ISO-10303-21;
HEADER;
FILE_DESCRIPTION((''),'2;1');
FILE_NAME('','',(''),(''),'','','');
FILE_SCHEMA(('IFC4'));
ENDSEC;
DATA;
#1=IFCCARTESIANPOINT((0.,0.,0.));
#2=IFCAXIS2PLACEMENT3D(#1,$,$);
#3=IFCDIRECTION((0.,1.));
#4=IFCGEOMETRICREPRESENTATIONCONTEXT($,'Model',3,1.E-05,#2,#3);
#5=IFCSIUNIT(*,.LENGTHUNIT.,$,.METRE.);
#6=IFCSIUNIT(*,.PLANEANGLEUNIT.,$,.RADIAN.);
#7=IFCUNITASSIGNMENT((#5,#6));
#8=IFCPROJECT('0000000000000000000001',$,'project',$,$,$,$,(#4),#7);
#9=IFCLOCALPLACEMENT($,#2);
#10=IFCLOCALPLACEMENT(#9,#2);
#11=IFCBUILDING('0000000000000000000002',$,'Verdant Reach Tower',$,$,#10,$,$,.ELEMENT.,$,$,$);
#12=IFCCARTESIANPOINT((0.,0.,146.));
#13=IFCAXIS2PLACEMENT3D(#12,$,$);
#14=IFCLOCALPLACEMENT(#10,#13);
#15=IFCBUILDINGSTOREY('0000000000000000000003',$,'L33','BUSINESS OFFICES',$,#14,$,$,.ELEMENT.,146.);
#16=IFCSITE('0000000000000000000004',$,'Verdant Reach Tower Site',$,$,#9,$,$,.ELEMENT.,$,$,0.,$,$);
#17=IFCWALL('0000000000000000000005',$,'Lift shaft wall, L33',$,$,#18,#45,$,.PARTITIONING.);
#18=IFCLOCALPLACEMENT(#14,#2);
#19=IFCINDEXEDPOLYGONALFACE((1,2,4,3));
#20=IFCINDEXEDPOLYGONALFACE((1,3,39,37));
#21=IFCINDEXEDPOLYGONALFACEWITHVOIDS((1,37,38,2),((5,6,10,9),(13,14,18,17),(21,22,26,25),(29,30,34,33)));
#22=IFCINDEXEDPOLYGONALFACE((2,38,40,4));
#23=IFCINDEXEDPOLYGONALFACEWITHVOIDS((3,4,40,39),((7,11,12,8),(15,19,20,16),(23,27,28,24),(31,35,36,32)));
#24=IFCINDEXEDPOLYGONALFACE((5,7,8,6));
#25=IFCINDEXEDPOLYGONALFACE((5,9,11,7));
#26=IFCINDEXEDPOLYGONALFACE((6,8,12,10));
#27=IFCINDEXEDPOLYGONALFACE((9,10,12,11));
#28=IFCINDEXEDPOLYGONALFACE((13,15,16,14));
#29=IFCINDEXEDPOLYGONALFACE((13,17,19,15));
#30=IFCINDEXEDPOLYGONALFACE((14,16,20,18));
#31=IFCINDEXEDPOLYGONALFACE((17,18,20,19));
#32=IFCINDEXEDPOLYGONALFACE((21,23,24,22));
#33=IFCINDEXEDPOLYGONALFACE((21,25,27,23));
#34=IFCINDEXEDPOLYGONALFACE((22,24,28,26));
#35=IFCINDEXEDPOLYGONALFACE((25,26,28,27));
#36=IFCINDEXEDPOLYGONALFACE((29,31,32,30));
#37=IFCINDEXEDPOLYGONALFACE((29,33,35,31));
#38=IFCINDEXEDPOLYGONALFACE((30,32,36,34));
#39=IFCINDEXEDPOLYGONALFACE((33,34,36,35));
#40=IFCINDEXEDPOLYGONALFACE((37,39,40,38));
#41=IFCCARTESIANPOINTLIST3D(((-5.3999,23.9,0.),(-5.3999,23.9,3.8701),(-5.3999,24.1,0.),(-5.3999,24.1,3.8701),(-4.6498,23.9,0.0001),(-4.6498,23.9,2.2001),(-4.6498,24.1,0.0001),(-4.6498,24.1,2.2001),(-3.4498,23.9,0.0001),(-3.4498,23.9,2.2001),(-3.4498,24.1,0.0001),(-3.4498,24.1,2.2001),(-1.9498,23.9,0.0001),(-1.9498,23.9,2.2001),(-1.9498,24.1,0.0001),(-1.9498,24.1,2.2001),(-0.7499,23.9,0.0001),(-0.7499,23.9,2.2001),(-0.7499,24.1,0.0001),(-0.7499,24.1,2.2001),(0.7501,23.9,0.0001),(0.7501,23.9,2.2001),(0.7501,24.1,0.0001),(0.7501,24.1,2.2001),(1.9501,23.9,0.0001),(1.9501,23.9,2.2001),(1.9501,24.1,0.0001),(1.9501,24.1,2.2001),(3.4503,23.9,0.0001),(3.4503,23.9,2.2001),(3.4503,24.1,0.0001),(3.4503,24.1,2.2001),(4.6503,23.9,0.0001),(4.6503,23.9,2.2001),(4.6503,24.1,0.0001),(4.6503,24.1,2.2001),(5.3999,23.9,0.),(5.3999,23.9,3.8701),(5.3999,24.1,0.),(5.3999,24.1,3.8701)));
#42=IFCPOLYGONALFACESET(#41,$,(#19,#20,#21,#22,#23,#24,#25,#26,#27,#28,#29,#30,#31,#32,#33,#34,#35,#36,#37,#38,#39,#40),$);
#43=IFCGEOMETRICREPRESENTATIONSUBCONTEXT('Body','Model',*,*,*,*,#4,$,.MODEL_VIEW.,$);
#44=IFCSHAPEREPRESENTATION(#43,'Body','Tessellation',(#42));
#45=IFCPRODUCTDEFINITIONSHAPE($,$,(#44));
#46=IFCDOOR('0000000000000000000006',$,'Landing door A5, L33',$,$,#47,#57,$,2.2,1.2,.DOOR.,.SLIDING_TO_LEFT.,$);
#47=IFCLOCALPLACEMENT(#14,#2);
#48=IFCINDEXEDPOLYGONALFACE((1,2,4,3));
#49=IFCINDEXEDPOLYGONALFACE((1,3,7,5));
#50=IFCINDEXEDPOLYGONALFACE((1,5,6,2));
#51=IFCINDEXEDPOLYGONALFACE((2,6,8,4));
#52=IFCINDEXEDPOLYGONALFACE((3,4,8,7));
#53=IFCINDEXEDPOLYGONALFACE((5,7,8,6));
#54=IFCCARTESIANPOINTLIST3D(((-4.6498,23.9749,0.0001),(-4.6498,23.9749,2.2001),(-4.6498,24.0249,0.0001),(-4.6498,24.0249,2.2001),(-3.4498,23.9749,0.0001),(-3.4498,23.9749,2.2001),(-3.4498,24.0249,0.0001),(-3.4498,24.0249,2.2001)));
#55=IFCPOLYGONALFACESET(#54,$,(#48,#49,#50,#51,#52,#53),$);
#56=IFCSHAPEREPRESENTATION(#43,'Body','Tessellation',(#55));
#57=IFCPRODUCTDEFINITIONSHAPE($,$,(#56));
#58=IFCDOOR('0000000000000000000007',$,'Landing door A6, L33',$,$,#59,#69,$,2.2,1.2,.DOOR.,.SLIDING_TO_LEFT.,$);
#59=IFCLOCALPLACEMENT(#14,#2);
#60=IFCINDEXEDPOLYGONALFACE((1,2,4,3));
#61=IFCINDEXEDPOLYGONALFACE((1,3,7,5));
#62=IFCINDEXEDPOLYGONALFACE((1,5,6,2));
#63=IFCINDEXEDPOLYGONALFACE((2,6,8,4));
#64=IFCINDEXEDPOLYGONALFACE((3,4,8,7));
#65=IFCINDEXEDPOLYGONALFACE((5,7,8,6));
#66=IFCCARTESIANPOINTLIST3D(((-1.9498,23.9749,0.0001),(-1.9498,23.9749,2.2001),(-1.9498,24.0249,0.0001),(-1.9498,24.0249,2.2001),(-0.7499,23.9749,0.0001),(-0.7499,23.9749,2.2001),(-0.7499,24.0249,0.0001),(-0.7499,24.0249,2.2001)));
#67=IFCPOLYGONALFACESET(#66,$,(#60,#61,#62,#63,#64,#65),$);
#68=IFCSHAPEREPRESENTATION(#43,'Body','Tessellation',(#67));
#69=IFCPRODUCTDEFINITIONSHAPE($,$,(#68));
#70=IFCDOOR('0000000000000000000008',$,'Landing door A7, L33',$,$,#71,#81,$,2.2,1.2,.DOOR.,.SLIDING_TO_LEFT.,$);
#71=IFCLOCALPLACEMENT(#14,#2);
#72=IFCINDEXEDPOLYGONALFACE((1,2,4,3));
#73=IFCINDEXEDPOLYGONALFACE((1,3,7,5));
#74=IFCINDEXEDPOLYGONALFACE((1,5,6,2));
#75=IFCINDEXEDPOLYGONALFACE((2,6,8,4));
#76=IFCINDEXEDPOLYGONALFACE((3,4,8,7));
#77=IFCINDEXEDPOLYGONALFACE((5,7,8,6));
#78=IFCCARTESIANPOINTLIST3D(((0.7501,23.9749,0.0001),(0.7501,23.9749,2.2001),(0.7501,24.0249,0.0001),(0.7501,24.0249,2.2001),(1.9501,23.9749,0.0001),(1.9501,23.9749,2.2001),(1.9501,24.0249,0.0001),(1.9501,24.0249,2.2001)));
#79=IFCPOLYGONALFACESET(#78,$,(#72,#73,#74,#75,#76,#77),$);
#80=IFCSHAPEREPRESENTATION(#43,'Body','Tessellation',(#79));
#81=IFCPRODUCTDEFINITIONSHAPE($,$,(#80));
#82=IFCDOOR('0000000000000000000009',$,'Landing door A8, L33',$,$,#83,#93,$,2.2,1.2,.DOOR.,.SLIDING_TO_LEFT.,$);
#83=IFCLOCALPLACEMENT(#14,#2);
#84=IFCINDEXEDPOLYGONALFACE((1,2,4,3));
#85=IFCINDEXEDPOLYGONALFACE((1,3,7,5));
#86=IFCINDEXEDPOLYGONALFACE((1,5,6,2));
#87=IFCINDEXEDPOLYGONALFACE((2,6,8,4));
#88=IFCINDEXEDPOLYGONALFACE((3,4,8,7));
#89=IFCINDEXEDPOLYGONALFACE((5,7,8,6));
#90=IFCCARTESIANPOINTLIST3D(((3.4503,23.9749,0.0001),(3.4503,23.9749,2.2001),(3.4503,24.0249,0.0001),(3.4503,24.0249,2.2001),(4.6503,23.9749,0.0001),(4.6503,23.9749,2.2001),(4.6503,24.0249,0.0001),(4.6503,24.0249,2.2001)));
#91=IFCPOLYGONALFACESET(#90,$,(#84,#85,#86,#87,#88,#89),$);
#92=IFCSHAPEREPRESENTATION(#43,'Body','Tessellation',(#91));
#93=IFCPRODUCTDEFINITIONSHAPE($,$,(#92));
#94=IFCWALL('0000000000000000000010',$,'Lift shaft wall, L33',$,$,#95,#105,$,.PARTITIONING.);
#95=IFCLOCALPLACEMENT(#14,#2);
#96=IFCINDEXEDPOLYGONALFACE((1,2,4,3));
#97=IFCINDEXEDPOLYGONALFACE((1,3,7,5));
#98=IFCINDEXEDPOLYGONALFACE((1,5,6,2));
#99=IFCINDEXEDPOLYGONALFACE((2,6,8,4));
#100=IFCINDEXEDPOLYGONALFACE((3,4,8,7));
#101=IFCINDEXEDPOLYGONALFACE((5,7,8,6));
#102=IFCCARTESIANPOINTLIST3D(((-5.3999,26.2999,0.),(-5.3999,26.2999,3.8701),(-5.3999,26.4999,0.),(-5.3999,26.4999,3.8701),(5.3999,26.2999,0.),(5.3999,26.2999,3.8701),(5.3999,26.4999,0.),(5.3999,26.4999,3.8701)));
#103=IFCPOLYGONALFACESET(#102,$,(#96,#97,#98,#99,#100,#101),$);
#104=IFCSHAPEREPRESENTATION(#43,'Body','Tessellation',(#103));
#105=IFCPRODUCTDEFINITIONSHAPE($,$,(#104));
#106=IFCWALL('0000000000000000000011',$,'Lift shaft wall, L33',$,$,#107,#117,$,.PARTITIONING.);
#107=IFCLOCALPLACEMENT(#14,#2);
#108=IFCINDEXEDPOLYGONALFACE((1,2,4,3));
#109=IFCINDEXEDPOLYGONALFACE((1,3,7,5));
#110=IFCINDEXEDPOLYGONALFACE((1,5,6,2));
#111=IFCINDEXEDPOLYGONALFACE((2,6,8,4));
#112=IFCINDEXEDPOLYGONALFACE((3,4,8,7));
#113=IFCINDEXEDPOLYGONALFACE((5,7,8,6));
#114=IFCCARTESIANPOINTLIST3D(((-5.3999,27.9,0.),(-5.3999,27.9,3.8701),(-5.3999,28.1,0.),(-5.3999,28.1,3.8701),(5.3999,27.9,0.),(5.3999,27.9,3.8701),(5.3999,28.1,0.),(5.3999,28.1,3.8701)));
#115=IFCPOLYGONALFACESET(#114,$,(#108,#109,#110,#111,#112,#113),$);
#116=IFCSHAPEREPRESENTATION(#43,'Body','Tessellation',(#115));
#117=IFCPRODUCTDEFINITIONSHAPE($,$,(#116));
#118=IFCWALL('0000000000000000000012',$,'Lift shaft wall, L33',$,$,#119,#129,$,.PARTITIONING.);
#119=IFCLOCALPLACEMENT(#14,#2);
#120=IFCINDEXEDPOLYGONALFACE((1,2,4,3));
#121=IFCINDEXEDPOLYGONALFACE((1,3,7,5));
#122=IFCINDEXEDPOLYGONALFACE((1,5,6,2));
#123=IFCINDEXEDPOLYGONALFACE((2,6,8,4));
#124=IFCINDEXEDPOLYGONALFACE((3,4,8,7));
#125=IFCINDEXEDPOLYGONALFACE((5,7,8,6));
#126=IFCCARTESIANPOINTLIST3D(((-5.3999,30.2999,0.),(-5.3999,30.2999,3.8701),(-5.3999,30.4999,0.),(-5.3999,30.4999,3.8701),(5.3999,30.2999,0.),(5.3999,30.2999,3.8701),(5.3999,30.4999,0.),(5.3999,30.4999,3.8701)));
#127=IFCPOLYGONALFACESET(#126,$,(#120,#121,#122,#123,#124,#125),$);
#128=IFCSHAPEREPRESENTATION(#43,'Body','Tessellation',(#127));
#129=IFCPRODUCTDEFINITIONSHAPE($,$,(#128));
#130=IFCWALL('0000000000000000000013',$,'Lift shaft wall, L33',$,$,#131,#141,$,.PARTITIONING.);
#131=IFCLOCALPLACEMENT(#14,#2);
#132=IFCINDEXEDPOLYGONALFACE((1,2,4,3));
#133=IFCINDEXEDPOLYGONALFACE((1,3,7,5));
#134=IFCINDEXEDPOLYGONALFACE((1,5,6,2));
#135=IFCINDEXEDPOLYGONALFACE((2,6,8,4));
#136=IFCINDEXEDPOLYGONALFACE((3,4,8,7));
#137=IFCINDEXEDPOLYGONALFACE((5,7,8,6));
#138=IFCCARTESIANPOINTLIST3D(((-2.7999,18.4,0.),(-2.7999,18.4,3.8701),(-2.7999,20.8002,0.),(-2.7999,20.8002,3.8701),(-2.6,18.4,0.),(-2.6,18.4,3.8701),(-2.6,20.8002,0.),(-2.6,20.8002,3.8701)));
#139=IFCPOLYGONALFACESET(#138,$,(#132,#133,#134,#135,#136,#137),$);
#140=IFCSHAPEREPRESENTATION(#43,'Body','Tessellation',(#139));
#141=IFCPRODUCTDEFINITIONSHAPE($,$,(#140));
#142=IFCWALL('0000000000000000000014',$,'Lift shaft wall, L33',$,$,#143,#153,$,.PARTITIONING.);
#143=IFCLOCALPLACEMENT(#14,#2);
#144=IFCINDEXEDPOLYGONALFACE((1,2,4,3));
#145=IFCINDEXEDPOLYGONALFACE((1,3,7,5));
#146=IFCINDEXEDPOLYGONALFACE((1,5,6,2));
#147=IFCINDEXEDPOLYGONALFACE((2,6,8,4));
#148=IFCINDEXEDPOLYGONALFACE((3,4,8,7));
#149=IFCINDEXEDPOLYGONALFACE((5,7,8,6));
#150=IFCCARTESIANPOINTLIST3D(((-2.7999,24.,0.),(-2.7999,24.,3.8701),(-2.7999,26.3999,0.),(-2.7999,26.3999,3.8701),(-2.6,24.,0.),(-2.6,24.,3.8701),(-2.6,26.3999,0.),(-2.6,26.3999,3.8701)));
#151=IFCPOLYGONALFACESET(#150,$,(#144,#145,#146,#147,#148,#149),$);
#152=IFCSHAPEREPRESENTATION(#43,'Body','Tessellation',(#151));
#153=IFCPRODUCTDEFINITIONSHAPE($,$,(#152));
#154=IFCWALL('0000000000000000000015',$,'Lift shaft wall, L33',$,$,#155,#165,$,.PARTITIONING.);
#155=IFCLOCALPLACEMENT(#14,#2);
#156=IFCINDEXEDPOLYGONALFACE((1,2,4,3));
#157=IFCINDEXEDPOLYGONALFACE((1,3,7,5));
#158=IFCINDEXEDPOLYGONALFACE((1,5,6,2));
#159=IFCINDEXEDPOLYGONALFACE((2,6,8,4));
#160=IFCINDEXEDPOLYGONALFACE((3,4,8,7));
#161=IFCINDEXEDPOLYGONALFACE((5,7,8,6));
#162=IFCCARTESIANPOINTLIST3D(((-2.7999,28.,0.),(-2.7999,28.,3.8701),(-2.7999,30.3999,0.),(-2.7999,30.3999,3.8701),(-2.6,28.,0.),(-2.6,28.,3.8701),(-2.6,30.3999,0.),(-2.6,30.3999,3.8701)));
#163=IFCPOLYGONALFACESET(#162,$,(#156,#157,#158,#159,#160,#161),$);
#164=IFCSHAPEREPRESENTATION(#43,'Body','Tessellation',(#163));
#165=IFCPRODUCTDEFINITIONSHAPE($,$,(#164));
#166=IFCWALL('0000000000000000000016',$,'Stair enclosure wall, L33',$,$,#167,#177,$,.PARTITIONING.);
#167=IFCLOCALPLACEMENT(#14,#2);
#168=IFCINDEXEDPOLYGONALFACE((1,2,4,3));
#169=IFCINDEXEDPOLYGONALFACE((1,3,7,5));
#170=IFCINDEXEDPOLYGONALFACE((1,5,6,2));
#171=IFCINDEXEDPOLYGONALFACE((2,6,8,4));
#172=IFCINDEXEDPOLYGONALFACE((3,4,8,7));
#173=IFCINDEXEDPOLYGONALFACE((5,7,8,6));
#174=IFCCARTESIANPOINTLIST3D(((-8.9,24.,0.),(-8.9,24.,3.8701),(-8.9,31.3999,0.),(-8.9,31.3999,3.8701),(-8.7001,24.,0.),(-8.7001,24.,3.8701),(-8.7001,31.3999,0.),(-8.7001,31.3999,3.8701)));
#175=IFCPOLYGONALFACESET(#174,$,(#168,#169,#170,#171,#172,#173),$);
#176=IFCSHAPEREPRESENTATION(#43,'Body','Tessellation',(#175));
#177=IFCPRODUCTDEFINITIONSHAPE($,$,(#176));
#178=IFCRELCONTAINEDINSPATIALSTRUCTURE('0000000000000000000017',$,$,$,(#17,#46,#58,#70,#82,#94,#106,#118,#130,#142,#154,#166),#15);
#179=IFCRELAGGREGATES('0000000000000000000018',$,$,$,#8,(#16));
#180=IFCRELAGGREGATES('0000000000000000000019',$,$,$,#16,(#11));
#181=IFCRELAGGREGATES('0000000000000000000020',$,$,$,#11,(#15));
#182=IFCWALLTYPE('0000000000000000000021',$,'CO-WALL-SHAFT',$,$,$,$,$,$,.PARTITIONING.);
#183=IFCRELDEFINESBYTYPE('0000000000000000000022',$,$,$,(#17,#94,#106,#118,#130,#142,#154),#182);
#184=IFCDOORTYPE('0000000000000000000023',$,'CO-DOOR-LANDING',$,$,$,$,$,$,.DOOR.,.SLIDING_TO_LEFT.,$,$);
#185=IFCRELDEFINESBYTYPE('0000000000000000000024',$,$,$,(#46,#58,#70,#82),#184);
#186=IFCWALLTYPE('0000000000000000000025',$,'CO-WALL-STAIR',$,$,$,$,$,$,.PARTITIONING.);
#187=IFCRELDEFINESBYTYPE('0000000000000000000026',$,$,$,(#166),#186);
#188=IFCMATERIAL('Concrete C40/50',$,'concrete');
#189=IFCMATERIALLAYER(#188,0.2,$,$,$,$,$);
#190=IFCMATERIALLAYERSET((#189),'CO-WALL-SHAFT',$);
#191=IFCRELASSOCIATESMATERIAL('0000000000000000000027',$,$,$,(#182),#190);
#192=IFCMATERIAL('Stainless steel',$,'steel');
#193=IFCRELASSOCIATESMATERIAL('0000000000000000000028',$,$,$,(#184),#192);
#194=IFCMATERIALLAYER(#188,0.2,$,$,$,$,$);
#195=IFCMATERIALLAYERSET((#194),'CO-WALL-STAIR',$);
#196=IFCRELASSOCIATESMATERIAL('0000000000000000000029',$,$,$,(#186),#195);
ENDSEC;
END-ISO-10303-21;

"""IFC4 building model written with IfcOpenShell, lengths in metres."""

from ifc_helpers import new_model, si_unit, direction, frame, frame_2d, origin, place, context, subcontext, project, spatial, rectangle, extrude, material, layer, layer_set, type_object, element, fill, save


model = new_model("IFC4")

# Units and contexts
model_context = context("Model", 3, precision=1e-05, world=origin(), true_north=direction((0.0, 1.0)))
body_context = subcontext(model_context, "Body", "Model", "MODEL_VIEW")
ifc_project = project(units=[si_unit("LENGTHUNIT", "METRE"), si_unit("PLANEANGLEUNIT", "RADIAN")], contexts=[model_context])

# Site, building, storey
site_placement = place(None, origin())
site = spatial("IfcSite", under=ifc_project, at=site_placement, Name="Verdant Reach Tower Site", CompositionType="ELEMENT", RefElevation=0.0)
building_placement = place(site_placement, origin())
building = spatial("IfcBuilding", under=site, at=building_placement, Name="Verdant Reach Tower", CompositionType="ELEMENT")
storey_placement = place(building_placement, frame((0.0, 0.0, 146.0)))
storey = spatial("IfcBuildingStorey", under=building, at=storey_placement, Name="L33", Description="BUSINESS OFFICES", CompositionType="ELEMENT", Elevation=146.0)

# Wall, openings, doors
ifc_material_1 = material(Name="Concrete C40/50", Category="concrete")
ifc_layer_1 = layer(ifc_material_1, 0.2)
ifc_layer_set_1 = layer_set([ifc_layer_1], Name="CO-WALL-SHAFT")
wall_type_1 = type_object("IfcWallType", Name="CO-WALL-SHAFT", PredefinedType="PARTITIONING", material=ifc_layer_set_1)
ifc_material_2 = material(Name="Stainless steel", Category="steel")
door_type_1 = type_object("IfcDoorType", Name="CO-DOOR-LANDING", OperationType="SLIDING_TO_LEFT", PredefinedType="DOOR", material=ifc_material_2)
wall_1_placement = place(storey_placement, frame((-5.3999, 24.0, 0.0), z_axis=(0.0, 0.0, 1.0), x_axis=(1.0, 0.0, 0.0)))
wall_1 = element("IfcWall", 1, at=wall_1_placement, inside=storey, type_object=wall_type_1, Name="Lift shaft wall, L33", PredefinedType="PARTITIONING", context=body_context, shape_type="SweptSolid", body=[
    extrude(rectangle(XDim=10.7998, YDim=0.2, at=frame_2d((5.3999, 0.0))), origin(), (0.0, 0.0, 1.0), 3.8701),
])
opening_1_placement = place(wall_1_placement, frame((0.75, 0.0, 0.0)))
opening_1 = element("IfcOpeningElement", 2, at=opening_1_placement, cuts=wall_1, PredefinedType="OPENING", context=body_context, shape_type="SweptSolid", body=[
    extrude(rectangle(XDim=1.2, YDim=2.2, at=frame_2d((0.6001, 1.1001))), frame((0.0, 0.1099, 0.0), z_axis=(0.0, -1.0, 0.0), x_axis=(1.0, 0.0, 0.0)), (0.0, 0.0, 1.0), 0.22),
])
opening_2_placement = place(wall_1_placement, frame((3.45, 0.0, 0.0)))
opening_2 = element("IfcOpeningElement", 3, at=opening_2_placement, cuts=wall_1, PredefinedType="OPENING", context=body_context, shape_type="SweptSolid", body=[
    extrude(rectangle(XDim=1.2, YDim=2.2, at=frame_2d((0.6001, 1.1001))), frame((0.0, 0.1099, 0.0), z_axis=(0.0, -1.0, 0.0), x_axis=(1.0, 0.0, 0.0)), (0.0, 0.0, 1.0), 0.22),
])
opening_3_placement = place(wall_1_placement, frame((6.1499, 0.0, 0.0)))
opening_3 = element("IfcOpeningElement", 4, at=opening_3_placement, cuts=wall_1, PredefinedType="OPENING", context=body_context, shape_type="SweptSolid", body=[
    extrude(rectangle(XDim=1.2, YDim=2.2, at=frame_2d((0.6001, 1.1001))), frame((0.0, 0.1099, 0.0), z_axis=(0.0, -1.0, 0.0), x_axis=(1.0, 0.0, 0.0)), (0.0, 0.0, 1.0), 0.22),
])
opening_4_placement = place(wall_1_placement, frame((8.8501, 0.0, 0.0)))
opening_4 = element("IfcOpeningElement", 5, at=opening_4_placement, cuts=wall_1, PredefinedType="OPENING", context=body_context, shape_type="SweptSolid", body=[
    extrude(rectangle(XDim=1.2, YDim=2.2, at=frame_2d((0.6001, 1.1001))), frame((0.0, 0.1099, 0.0), z_axis=(0.0, -1.0, 0.0), x_axis=(1.0, 0.0, 0.0)), (0.0, 0.0, 1.0), 0.22),
])
door_1_placement = place(opening_1_placement, origin())
door_1 = element("IfcDoor", 6, at=door_1_placement, inside=storey, type_object=door_type_1, Name="Landing door A5, L33", OperationType="SLIDING_TO_LEFT", OverallHeight=2.2, OverallWidth=1.2, PredefinedType="DOOR", context=body_context, shape_type="SweptSolid", body=[
    extrude(rectangle(XDim=1.2, YDim=2.2, at=frame_2d((0.6001, 1.1001))), frame((0.0, 0.0249, 0.0), z_axis=(0.0, -1.0, 0.0), x_axis=(1.0, 0.0, 0.0)), (0.0, 0.0, 1.0), 0.05),
])
fill(opening_1, door_1)
door_2_placement = place(opening_2_placement, origin())
door_2 = element("IfcDoor", 7, at=door_2_placement, inside=storey, type_object=door_type_1, Name="Landing door A6, L33", OperationType="SLIDING_TO_LEFT", OverallHeight=2.2, OverallWidth=1.2, PredefinedType="DOOR", context=body_context, shape_type="SweptSolid", body=[
    extrude(rectangle(XDim=1.2, YDim=2.2, at=frame_2d((0.6001, 1.1001))), frame((0.0, 0.0249, 0.0), z_axis=(0.0, -1.0, 0.0), x_axis=(1.0, 0.0, 0.0)), (0.0, 0.0, 1.0), 0.05),
])
fill(opening_2, door_2)
door_3_placement = place(opening_3_placement, origin())
door_3 = element("IfcDoor", 8, at=door_3_placement, inside=storey, type_object=door_type_1, Name="Landing door A7, L33", OperationType="SLIDING_TO_LEFT", OverallHeight=2.2, OverallWidth=1.2, PredefinedType="DOOR", context=body_context, shape_type="SweptSolid", body=[
    extrude(rectangle(XDim=1.2, YDim=2.2, at=frame_2d((0.6001, 1.1001))), frame((0.0, 0.0249, 0.0), z_axis=(0.0, -1.0, 0.0), x_axis=(1.0, 0.0, 0.0)), (0.0, 0.0, 1.0), 0.05),
])
fill(opening_3, door_3)
door_4_placement = place(opening_4_placement, origin())
door_4 = element("IfcDoor", 9, at=door_4_placement, inside=storey, type_object=door_type_1, Name="Landing door A8, L33", OperationType="SLIDING_TO_LEFT", OverallHeight=2.2, OverallWidth=1.2, PredefinedType="DOOR", context=body_context, shape_type="SweptSolid", body=[
    extrude(rectangle(XDim=1.2, YDim=2.2, at=frame_2d((0.6001, 1.1001))), frame((0.0, 0.0249, 0.0), z_axis=(0.0, -1.0, 0.0), x_axis=(1.0, 0.0, 0.0)), (0.0, 0.0, 1.0), 0.05),
])
fill(opening_4, door_4)

# Walls
for number, where, z_axis, x_axis, name in (
    (10, (-5.3999, 26.3999, 0.0), (0.0, 0.0, 1.0), (1.0, 0.0, 0.0), "Lift shaft wall, L33"),
    (11, (-5.3999, 28.0, 0.0), (0.0, 0.0, 1.0), (1.0, 0.0, 0.0), "Lift shaft wall, L33"),
    (12, (-5.3999, 30.3999, 0.0), (0.0, 0.0, 1.0), (1.0, 0.0, 0.0), "Lift shaft wall, L33"),
):
    element("IfcWall", number, at=place(storey_placement, frame(where, z_axis=z_axis, x_axis=x_axis)), inside=storey, type_object=wall_type_1, Name=name, PredefinedType="PARTITIONING", context=body_context, shape_type="SweptSolid", body=[
        extrude(rectangle(XDim=10.7998, YDim=0.2, at=frame_2d((5.3999, 0.0))), origin(), (0.0, 0.0, 1.0), 3.8701),
    ])
wall_2_placement = place(storey_placement, frame((-2.7, 18.3999, 0.0), z_axis=(0.0, 0.0, 1.0), x_axis=(0.0, 1.0, 0.0)))
element("IfcWall", 13, at=wall_2_placement, inside=storey, type_object=wall_type_1, Name="Lift shaft wall, L33", PredefinedType="PARTITIONING", context=body_context, shape_type="SweptSolid", body=[
    extrude(rectangle(XDim=2.4001, YDim=0.2, at=frame_2d((1.2002, 0.0))), origin(), (0.0, 0.0, 1.0), 3.8701),
])
for number, where, z_axis, x_axis, name in (
    (14, (-2.7, 24.0, 0.0), (0.0, 0.0, 1.0), (0.0, 1.0, 0.0), "Lift shaft wall, L33"),
    (15, (-2.7, 28.0, 0.0), (0.0, 0.0, 1.0), (0.0, 1.0, 0.0), "Lift shaft wall, L33"),
):
    element("IfcWall", number, at=place(storey_placement, frame(where, z_axis=z_axis, x_axis=x_axis)), inside=storey, type_object=wall_type_1, Name=name, PredefinedType="PARTITIONING", context=body_context, shape_type="SweptSolid", body=[
        extrude(rectangle(XDim=2.3999, YDim=0.2, at=frame_2d((1.2, 0.0))), origin(), (0.0, 0.0, 1.0), 3.8701),
    ])
ifc_layer_2 = layer(ifc_material_1, 0.2)
ifc_layer_set_2 = layer_set([ifc_layer_2], Name="CO-WALL-STAIR")
wall_type_2 = type_object("IfcWallType", Name="CO-WALL-STAIR", PredefinedType="PARTITIONING", material=ifc_layer_set_2)
wall_3_placement = place(storey_placement, frame((-8.8, 24.0, 0.0), z_axis=(0.0, 0.0, 1.0), x_axis=(0.0, 1.0, 0.0)))
element("IfcWall", 16, at=wall_3_placement, inside=storey, type_object=wall_type_2, Name="Stair enclosure wall, L33", PredefinedType="PARTITIONING", context=body_context, shape_type="SweptSolid", body=[
    extrude(rectangle(XDim=7.3999, YDim=0.2, at=frame_2d((3.7, 0.0))), origin(), (0.0, 0.0, 1.0), 3.8701),
])

save(model, "model.ifc")
